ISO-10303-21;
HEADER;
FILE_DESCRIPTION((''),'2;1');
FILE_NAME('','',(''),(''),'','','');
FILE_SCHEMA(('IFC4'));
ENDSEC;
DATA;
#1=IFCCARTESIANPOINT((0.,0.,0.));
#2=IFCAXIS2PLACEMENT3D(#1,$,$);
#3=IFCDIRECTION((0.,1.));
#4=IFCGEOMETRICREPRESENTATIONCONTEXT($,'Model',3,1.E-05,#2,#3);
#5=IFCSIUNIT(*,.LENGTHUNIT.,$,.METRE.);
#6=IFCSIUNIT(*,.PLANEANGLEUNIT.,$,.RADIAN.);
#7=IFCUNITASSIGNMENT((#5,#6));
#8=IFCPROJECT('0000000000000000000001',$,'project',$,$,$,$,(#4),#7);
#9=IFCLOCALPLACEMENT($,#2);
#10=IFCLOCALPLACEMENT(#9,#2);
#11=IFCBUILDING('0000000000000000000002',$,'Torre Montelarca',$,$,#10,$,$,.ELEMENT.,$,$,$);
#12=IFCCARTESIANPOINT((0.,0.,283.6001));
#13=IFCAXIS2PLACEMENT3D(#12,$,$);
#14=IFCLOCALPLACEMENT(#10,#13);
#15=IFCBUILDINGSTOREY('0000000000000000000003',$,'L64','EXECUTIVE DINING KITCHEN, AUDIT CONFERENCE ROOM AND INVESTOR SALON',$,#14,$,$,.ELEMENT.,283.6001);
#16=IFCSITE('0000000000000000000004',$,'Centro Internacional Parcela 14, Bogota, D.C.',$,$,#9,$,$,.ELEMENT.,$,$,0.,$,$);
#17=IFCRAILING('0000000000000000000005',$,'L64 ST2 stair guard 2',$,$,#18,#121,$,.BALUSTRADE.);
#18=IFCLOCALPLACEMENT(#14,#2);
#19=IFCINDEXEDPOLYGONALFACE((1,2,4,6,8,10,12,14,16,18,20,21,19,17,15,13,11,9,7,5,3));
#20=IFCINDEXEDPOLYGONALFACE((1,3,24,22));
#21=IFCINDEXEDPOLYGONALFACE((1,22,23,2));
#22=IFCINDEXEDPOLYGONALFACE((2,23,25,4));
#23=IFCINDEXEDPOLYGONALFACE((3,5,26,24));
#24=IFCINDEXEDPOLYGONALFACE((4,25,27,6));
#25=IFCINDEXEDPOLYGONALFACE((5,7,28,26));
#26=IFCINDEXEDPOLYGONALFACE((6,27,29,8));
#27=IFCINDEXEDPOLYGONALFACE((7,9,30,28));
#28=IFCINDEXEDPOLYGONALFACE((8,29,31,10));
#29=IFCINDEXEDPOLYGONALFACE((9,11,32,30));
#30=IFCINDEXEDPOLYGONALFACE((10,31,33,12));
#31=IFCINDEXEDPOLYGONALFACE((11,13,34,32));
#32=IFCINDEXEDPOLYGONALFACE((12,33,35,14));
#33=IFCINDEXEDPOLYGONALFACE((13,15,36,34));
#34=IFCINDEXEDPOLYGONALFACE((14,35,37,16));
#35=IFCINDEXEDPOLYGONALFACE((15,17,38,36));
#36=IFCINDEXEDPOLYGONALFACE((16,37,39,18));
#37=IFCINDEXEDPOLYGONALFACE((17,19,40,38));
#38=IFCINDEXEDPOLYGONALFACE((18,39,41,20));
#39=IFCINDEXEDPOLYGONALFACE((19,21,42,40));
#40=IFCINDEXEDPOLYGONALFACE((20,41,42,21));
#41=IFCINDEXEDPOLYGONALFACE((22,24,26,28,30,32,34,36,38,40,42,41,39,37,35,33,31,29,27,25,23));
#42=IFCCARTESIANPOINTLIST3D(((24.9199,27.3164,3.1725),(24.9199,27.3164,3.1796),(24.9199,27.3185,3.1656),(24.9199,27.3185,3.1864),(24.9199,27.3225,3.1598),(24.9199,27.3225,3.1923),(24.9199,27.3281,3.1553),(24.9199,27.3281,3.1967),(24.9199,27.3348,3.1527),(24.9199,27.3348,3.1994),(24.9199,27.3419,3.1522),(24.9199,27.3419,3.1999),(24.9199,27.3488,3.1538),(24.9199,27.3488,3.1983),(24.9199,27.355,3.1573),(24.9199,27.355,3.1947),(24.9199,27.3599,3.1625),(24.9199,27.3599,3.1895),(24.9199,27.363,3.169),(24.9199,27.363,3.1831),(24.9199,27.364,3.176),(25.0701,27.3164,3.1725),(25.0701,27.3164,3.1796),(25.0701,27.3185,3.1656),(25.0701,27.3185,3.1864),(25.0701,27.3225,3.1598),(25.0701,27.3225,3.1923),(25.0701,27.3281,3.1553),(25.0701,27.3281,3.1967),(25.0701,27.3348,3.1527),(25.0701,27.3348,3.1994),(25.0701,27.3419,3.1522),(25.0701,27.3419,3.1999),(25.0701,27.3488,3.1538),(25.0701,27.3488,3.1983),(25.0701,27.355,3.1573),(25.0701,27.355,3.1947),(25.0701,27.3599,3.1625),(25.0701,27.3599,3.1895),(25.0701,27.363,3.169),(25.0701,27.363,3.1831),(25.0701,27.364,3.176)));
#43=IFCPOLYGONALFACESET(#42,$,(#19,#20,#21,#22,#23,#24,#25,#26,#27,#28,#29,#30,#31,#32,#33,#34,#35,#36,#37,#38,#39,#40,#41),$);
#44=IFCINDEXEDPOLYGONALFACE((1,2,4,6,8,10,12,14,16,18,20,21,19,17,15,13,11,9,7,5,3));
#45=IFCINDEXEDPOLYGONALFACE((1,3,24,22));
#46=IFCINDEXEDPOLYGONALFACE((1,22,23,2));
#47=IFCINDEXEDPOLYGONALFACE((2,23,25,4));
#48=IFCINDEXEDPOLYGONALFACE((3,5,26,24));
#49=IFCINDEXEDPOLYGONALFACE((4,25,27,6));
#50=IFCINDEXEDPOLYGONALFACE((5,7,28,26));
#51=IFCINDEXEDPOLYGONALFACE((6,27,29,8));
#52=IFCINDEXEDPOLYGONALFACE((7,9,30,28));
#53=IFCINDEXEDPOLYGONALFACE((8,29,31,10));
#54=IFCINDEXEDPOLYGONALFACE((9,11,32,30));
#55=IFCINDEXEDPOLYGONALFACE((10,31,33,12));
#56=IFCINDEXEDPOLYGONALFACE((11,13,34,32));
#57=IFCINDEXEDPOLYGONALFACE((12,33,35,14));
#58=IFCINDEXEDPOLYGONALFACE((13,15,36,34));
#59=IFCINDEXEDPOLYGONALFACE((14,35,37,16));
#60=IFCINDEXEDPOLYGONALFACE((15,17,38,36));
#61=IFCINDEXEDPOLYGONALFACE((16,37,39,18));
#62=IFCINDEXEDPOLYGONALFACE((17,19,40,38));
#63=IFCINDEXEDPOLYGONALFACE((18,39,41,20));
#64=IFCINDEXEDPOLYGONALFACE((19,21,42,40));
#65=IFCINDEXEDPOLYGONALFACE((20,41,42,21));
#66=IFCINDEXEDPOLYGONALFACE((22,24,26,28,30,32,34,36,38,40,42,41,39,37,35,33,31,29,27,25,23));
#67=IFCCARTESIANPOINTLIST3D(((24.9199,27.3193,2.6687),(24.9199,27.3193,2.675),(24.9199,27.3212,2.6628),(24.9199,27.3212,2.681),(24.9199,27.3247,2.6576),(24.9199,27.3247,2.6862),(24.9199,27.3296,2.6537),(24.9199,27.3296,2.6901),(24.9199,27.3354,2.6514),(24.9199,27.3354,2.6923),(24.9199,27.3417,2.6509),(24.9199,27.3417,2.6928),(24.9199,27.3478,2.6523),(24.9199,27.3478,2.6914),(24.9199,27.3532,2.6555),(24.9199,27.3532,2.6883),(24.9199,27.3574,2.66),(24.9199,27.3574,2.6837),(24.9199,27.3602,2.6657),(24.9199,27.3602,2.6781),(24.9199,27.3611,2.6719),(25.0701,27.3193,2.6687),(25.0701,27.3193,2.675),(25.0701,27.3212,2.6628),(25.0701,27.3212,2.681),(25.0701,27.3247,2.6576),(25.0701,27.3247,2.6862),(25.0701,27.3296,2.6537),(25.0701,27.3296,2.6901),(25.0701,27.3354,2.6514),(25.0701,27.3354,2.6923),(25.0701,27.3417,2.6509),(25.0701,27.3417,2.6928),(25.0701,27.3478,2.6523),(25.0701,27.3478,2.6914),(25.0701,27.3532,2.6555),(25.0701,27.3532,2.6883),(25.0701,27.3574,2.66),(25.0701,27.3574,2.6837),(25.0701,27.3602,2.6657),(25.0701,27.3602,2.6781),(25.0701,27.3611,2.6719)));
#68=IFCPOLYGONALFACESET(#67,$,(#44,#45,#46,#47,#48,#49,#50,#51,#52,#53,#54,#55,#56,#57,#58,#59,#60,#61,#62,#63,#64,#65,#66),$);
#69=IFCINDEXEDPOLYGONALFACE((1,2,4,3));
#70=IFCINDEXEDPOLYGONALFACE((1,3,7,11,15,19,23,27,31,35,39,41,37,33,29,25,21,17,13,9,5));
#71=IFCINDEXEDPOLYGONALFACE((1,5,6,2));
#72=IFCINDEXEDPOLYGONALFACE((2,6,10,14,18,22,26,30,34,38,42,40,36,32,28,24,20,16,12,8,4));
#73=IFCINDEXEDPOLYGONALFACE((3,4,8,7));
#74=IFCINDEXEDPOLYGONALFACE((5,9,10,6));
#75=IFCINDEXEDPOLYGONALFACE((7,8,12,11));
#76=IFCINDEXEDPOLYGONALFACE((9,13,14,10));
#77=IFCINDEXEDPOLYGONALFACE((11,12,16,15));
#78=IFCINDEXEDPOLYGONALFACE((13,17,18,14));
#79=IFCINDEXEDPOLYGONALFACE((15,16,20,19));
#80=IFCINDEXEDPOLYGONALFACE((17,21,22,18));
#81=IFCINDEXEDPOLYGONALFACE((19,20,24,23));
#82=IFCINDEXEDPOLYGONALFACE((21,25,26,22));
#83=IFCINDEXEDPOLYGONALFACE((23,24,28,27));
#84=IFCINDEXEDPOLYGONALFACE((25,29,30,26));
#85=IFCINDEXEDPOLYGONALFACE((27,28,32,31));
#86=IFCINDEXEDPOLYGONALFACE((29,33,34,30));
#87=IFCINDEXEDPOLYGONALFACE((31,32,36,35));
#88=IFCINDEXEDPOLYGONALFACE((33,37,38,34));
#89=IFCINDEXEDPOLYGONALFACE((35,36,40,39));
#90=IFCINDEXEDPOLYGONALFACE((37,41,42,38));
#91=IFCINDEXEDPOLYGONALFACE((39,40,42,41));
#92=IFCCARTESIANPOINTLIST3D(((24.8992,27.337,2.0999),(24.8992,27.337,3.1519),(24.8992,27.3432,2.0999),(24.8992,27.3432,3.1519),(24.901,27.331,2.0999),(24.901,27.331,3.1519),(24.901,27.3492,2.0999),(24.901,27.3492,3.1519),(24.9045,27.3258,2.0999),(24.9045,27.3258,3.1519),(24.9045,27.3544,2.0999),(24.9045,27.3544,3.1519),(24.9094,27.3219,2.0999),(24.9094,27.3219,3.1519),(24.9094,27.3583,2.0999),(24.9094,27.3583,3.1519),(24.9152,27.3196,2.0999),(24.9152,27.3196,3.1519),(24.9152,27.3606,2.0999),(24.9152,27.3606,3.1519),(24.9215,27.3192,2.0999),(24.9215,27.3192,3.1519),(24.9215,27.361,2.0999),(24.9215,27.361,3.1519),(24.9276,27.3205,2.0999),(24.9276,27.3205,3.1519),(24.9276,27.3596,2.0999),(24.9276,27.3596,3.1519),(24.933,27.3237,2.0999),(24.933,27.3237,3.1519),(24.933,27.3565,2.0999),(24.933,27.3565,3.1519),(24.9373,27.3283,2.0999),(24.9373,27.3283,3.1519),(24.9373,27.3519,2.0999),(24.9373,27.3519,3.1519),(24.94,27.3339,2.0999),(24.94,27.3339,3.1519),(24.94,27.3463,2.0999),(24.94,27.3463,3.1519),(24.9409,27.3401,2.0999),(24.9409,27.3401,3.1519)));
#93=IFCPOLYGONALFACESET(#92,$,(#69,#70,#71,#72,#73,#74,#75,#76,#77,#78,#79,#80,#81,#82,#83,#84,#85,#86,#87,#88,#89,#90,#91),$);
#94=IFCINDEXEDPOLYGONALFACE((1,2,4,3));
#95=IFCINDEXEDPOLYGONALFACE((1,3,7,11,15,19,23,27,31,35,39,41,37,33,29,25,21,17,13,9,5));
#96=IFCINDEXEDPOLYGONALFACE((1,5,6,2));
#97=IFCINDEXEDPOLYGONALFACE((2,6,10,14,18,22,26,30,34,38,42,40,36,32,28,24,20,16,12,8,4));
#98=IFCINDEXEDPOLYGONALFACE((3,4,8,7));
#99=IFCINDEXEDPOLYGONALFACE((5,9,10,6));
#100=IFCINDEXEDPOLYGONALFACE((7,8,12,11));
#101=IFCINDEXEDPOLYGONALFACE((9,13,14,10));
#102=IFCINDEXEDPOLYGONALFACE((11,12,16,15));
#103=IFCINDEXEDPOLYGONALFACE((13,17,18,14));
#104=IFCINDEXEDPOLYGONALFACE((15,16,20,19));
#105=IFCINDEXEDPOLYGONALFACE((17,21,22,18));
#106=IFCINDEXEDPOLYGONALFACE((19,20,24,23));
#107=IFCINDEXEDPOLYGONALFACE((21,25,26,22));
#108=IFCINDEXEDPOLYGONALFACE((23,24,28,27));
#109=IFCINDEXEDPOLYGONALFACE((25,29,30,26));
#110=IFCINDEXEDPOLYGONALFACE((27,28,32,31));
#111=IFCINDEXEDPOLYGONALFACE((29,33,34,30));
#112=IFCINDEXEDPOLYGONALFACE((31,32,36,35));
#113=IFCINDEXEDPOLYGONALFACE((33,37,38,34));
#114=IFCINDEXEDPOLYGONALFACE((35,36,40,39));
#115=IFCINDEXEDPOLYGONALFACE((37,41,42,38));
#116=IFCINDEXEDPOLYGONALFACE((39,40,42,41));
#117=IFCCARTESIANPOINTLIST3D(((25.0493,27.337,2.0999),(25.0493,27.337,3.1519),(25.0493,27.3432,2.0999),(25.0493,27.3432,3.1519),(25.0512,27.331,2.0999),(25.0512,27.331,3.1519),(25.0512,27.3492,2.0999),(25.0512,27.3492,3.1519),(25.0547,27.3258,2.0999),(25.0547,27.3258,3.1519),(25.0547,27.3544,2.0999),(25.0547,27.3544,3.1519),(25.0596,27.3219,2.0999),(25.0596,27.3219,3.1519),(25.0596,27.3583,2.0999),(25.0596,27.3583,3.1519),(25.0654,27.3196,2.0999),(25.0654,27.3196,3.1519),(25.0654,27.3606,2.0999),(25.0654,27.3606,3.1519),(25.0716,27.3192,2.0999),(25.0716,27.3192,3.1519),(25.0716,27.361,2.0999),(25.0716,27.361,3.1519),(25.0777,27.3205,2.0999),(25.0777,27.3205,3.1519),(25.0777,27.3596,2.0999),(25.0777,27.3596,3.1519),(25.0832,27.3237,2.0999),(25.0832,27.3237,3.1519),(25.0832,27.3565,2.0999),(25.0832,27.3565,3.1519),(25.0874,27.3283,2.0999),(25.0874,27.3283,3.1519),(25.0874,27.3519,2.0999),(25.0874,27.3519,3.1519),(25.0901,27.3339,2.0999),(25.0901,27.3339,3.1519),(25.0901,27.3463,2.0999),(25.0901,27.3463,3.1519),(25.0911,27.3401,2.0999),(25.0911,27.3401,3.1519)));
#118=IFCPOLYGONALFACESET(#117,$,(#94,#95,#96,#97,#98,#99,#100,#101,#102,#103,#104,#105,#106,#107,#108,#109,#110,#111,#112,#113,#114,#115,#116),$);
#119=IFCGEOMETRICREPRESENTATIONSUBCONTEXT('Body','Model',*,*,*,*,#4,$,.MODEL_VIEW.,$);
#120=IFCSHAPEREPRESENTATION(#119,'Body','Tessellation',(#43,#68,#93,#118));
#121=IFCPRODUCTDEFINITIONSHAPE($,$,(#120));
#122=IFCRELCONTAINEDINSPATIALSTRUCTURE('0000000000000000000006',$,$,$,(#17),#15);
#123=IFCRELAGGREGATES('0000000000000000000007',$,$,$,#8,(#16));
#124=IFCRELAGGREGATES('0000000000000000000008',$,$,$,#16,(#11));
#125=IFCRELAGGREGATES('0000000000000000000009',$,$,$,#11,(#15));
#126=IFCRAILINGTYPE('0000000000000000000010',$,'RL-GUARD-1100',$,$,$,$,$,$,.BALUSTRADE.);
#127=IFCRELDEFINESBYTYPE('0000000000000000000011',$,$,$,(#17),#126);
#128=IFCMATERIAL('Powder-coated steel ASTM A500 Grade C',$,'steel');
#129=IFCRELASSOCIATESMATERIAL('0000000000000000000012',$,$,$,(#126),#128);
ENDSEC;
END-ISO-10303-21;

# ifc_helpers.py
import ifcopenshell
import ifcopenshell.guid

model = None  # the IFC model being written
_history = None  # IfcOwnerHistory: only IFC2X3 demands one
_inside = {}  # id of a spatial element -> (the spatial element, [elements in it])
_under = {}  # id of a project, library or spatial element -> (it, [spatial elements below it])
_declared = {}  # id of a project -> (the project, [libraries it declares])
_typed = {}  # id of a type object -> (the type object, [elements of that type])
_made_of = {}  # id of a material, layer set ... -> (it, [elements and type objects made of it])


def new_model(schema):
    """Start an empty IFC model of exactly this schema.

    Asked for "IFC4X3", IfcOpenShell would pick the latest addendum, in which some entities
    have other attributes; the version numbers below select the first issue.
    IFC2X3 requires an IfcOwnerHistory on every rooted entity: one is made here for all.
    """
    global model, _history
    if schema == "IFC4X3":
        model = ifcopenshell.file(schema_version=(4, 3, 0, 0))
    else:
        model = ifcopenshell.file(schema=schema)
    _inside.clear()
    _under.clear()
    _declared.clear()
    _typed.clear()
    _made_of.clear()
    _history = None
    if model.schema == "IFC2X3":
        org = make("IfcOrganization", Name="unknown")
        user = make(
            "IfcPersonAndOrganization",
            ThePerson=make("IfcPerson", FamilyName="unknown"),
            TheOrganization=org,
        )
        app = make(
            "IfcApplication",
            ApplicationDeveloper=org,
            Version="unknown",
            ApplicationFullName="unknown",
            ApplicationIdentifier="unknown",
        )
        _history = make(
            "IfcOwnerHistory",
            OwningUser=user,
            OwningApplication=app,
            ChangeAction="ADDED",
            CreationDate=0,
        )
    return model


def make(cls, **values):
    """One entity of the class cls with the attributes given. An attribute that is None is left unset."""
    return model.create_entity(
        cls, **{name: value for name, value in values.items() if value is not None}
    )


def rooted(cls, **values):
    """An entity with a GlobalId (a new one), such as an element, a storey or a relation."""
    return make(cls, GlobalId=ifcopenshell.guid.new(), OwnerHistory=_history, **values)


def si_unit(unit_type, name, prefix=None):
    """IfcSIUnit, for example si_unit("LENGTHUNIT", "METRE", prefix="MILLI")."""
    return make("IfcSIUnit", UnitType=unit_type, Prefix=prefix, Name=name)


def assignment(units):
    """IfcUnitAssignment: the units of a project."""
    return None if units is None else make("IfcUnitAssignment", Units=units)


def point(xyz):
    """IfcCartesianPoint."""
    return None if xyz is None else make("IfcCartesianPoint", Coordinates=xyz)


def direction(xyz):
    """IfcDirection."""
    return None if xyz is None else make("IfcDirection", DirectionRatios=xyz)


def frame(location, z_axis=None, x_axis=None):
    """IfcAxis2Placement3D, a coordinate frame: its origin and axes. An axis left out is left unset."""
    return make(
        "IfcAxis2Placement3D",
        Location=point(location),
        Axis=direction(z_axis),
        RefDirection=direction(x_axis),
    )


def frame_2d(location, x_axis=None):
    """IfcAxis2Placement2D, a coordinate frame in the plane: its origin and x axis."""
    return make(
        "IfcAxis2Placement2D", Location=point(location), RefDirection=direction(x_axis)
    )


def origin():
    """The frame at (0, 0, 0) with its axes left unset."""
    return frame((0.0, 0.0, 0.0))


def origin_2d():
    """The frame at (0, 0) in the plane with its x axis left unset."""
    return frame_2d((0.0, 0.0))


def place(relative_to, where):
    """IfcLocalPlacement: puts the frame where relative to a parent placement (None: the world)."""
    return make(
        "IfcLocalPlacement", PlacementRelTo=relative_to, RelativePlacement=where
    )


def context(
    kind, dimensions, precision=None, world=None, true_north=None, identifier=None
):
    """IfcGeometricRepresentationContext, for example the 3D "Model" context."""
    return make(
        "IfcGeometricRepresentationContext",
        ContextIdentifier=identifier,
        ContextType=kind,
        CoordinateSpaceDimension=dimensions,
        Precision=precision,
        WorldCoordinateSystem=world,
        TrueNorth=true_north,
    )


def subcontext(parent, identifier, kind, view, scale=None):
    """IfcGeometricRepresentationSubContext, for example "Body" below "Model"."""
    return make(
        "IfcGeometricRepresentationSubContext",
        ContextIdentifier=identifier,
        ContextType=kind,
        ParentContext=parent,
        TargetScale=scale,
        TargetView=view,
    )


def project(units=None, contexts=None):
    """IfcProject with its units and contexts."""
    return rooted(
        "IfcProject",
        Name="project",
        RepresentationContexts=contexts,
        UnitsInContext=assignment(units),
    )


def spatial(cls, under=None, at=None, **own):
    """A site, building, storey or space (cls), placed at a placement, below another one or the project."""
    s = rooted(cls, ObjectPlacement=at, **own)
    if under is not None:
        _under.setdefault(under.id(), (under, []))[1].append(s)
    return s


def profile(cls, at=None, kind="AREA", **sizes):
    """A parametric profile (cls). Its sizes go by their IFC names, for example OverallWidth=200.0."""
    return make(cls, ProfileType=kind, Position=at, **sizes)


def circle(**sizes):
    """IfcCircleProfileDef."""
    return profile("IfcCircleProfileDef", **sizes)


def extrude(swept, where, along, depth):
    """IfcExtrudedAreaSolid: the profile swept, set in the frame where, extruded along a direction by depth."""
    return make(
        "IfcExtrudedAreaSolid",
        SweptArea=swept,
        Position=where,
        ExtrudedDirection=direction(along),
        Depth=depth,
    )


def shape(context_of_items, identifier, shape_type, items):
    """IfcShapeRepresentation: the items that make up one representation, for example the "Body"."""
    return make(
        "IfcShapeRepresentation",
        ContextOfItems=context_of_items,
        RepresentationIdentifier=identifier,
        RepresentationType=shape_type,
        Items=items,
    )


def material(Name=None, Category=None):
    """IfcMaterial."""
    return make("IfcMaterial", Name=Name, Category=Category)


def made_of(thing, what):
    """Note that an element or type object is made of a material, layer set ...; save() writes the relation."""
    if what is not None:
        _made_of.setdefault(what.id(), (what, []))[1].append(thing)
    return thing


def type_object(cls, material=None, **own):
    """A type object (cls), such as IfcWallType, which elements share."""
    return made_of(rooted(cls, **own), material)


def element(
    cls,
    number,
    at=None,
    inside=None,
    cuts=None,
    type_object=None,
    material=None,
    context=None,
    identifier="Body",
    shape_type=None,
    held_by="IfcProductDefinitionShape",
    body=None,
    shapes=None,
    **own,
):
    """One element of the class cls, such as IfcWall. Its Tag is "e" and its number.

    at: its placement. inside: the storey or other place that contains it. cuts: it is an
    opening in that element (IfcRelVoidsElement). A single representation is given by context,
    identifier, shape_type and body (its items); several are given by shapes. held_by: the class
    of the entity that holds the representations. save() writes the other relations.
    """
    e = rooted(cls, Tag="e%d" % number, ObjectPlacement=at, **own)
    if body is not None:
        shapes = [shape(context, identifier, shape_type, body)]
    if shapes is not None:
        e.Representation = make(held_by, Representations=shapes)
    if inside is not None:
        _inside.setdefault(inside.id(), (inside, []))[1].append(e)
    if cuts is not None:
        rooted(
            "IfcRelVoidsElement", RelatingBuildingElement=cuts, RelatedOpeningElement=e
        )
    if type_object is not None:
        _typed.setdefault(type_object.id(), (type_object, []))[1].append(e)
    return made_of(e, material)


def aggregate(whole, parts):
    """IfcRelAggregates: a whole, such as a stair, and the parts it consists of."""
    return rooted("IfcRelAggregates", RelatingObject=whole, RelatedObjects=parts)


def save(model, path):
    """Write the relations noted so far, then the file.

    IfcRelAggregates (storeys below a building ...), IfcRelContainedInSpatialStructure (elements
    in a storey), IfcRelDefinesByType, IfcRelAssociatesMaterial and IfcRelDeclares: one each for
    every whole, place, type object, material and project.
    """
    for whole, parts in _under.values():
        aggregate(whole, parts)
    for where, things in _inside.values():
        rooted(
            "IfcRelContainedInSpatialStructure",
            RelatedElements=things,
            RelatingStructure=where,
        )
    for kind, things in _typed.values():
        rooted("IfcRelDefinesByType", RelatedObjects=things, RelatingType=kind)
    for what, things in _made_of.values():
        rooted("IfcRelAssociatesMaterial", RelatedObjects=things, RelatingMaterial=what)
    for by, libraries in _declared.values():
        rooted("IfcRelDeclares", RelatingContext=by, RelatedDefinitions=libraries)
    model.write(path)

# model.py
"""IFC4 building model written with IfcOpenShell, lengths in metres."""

from ifc_helpers import new_model, si_unit, direction, frame, origin, origin_2d, place, context, subcontext, project, spatial, circle, extrude, material, type_object, element, save


model = new_model("IFC4")

# Units and contexts
model_context = context("Model", 3, precision=1e-05, world=origin(), true_north=direction((0.0, 1.0)))
body_context = subcontext(model_context, "Body", "Model", "MODEL_VIEW")
ifc_project = project(units=[si_unit("LENGTHUNIT", "METRE"), si_unit("PLANEANGLEUNIT", "RADIAN")], contexts=[model_context])

# Site, building, storey
site_placement = place(None, origin())
site = spatial("IfcSite", under=ifc_project, at=site_placement, Name="Centro Internacional Parcela 14, Bogota, D.C.", CompositionType="ELEMENT", RefElevation=0.0)
building_placement = place(site_placement, origin())
building = spatial("IfcBuilding", under=site, at=building_placement, Name="Torre Montelarca", CompositionType="ELEMENT")
storey_placement = place(building_placement, frame((0.0, 0.0, 283.6001)))
storey = spatial("IfcBuildingStorey", under=building, at=storey_placement, Name="L64", Description="EXECUTIVE DINING KITCHEN, AUDIT CONFERENCE ROOM AND INVESTOR SALON", CompositionType="ELEMENT", Elevation=283.6001)

# Railing
ifc_material_1 = material(Name="Powder-coated steel ASTM A500 Grade C", Category="steel")
railing_type_1 = type_object("IfcRailingType", Name="RL-GUARD-1100", PredefinedType="BALUSTRADE", material=ifc_material_1)
railing_1_placement = place(storey_placement, frame((24.9199, 27.3401, 2.0999)))
element("IfcRailing", 1, at=railing_1_placement, inside=storey, type_object=railing_type_1, Name="L64 ST2 stair guard 2", PredefinedType="BALUSTRADE", context=body_context, shape_type="SweptSolid", body=[
    extrude(circle(Radius=0.0239, at=origin_2d()), frame((0.0, 0.0, 1.0762), z_axis=(1.0, 0.0, 0.0), x_axis=(0.0, 1.0, 0.0)), (0.0, 0.0, 1.0), 0.1501),
    extrude(circle(Radius=0.021, at=origin_2d()), frame((0.0, 0.0, 0.572), z_axis=(1.0, 0.0, 0.0), x_axis=(0.0, 1.0, 0.0)), (0.0, 0.0, 1.0), 0.1501),
    extrude(circle(Radius=0.021, at=origin_2d()), origin(), (0.0, 0.0, 1.0), 1.052),
    extrude(circle(Radius=0.021, at=origin_2d()), frame((0.1501, 0.0, 0.0)), (0.0, 0.0, 1.0), 1.052),
])

save(model, "model.ifc")
